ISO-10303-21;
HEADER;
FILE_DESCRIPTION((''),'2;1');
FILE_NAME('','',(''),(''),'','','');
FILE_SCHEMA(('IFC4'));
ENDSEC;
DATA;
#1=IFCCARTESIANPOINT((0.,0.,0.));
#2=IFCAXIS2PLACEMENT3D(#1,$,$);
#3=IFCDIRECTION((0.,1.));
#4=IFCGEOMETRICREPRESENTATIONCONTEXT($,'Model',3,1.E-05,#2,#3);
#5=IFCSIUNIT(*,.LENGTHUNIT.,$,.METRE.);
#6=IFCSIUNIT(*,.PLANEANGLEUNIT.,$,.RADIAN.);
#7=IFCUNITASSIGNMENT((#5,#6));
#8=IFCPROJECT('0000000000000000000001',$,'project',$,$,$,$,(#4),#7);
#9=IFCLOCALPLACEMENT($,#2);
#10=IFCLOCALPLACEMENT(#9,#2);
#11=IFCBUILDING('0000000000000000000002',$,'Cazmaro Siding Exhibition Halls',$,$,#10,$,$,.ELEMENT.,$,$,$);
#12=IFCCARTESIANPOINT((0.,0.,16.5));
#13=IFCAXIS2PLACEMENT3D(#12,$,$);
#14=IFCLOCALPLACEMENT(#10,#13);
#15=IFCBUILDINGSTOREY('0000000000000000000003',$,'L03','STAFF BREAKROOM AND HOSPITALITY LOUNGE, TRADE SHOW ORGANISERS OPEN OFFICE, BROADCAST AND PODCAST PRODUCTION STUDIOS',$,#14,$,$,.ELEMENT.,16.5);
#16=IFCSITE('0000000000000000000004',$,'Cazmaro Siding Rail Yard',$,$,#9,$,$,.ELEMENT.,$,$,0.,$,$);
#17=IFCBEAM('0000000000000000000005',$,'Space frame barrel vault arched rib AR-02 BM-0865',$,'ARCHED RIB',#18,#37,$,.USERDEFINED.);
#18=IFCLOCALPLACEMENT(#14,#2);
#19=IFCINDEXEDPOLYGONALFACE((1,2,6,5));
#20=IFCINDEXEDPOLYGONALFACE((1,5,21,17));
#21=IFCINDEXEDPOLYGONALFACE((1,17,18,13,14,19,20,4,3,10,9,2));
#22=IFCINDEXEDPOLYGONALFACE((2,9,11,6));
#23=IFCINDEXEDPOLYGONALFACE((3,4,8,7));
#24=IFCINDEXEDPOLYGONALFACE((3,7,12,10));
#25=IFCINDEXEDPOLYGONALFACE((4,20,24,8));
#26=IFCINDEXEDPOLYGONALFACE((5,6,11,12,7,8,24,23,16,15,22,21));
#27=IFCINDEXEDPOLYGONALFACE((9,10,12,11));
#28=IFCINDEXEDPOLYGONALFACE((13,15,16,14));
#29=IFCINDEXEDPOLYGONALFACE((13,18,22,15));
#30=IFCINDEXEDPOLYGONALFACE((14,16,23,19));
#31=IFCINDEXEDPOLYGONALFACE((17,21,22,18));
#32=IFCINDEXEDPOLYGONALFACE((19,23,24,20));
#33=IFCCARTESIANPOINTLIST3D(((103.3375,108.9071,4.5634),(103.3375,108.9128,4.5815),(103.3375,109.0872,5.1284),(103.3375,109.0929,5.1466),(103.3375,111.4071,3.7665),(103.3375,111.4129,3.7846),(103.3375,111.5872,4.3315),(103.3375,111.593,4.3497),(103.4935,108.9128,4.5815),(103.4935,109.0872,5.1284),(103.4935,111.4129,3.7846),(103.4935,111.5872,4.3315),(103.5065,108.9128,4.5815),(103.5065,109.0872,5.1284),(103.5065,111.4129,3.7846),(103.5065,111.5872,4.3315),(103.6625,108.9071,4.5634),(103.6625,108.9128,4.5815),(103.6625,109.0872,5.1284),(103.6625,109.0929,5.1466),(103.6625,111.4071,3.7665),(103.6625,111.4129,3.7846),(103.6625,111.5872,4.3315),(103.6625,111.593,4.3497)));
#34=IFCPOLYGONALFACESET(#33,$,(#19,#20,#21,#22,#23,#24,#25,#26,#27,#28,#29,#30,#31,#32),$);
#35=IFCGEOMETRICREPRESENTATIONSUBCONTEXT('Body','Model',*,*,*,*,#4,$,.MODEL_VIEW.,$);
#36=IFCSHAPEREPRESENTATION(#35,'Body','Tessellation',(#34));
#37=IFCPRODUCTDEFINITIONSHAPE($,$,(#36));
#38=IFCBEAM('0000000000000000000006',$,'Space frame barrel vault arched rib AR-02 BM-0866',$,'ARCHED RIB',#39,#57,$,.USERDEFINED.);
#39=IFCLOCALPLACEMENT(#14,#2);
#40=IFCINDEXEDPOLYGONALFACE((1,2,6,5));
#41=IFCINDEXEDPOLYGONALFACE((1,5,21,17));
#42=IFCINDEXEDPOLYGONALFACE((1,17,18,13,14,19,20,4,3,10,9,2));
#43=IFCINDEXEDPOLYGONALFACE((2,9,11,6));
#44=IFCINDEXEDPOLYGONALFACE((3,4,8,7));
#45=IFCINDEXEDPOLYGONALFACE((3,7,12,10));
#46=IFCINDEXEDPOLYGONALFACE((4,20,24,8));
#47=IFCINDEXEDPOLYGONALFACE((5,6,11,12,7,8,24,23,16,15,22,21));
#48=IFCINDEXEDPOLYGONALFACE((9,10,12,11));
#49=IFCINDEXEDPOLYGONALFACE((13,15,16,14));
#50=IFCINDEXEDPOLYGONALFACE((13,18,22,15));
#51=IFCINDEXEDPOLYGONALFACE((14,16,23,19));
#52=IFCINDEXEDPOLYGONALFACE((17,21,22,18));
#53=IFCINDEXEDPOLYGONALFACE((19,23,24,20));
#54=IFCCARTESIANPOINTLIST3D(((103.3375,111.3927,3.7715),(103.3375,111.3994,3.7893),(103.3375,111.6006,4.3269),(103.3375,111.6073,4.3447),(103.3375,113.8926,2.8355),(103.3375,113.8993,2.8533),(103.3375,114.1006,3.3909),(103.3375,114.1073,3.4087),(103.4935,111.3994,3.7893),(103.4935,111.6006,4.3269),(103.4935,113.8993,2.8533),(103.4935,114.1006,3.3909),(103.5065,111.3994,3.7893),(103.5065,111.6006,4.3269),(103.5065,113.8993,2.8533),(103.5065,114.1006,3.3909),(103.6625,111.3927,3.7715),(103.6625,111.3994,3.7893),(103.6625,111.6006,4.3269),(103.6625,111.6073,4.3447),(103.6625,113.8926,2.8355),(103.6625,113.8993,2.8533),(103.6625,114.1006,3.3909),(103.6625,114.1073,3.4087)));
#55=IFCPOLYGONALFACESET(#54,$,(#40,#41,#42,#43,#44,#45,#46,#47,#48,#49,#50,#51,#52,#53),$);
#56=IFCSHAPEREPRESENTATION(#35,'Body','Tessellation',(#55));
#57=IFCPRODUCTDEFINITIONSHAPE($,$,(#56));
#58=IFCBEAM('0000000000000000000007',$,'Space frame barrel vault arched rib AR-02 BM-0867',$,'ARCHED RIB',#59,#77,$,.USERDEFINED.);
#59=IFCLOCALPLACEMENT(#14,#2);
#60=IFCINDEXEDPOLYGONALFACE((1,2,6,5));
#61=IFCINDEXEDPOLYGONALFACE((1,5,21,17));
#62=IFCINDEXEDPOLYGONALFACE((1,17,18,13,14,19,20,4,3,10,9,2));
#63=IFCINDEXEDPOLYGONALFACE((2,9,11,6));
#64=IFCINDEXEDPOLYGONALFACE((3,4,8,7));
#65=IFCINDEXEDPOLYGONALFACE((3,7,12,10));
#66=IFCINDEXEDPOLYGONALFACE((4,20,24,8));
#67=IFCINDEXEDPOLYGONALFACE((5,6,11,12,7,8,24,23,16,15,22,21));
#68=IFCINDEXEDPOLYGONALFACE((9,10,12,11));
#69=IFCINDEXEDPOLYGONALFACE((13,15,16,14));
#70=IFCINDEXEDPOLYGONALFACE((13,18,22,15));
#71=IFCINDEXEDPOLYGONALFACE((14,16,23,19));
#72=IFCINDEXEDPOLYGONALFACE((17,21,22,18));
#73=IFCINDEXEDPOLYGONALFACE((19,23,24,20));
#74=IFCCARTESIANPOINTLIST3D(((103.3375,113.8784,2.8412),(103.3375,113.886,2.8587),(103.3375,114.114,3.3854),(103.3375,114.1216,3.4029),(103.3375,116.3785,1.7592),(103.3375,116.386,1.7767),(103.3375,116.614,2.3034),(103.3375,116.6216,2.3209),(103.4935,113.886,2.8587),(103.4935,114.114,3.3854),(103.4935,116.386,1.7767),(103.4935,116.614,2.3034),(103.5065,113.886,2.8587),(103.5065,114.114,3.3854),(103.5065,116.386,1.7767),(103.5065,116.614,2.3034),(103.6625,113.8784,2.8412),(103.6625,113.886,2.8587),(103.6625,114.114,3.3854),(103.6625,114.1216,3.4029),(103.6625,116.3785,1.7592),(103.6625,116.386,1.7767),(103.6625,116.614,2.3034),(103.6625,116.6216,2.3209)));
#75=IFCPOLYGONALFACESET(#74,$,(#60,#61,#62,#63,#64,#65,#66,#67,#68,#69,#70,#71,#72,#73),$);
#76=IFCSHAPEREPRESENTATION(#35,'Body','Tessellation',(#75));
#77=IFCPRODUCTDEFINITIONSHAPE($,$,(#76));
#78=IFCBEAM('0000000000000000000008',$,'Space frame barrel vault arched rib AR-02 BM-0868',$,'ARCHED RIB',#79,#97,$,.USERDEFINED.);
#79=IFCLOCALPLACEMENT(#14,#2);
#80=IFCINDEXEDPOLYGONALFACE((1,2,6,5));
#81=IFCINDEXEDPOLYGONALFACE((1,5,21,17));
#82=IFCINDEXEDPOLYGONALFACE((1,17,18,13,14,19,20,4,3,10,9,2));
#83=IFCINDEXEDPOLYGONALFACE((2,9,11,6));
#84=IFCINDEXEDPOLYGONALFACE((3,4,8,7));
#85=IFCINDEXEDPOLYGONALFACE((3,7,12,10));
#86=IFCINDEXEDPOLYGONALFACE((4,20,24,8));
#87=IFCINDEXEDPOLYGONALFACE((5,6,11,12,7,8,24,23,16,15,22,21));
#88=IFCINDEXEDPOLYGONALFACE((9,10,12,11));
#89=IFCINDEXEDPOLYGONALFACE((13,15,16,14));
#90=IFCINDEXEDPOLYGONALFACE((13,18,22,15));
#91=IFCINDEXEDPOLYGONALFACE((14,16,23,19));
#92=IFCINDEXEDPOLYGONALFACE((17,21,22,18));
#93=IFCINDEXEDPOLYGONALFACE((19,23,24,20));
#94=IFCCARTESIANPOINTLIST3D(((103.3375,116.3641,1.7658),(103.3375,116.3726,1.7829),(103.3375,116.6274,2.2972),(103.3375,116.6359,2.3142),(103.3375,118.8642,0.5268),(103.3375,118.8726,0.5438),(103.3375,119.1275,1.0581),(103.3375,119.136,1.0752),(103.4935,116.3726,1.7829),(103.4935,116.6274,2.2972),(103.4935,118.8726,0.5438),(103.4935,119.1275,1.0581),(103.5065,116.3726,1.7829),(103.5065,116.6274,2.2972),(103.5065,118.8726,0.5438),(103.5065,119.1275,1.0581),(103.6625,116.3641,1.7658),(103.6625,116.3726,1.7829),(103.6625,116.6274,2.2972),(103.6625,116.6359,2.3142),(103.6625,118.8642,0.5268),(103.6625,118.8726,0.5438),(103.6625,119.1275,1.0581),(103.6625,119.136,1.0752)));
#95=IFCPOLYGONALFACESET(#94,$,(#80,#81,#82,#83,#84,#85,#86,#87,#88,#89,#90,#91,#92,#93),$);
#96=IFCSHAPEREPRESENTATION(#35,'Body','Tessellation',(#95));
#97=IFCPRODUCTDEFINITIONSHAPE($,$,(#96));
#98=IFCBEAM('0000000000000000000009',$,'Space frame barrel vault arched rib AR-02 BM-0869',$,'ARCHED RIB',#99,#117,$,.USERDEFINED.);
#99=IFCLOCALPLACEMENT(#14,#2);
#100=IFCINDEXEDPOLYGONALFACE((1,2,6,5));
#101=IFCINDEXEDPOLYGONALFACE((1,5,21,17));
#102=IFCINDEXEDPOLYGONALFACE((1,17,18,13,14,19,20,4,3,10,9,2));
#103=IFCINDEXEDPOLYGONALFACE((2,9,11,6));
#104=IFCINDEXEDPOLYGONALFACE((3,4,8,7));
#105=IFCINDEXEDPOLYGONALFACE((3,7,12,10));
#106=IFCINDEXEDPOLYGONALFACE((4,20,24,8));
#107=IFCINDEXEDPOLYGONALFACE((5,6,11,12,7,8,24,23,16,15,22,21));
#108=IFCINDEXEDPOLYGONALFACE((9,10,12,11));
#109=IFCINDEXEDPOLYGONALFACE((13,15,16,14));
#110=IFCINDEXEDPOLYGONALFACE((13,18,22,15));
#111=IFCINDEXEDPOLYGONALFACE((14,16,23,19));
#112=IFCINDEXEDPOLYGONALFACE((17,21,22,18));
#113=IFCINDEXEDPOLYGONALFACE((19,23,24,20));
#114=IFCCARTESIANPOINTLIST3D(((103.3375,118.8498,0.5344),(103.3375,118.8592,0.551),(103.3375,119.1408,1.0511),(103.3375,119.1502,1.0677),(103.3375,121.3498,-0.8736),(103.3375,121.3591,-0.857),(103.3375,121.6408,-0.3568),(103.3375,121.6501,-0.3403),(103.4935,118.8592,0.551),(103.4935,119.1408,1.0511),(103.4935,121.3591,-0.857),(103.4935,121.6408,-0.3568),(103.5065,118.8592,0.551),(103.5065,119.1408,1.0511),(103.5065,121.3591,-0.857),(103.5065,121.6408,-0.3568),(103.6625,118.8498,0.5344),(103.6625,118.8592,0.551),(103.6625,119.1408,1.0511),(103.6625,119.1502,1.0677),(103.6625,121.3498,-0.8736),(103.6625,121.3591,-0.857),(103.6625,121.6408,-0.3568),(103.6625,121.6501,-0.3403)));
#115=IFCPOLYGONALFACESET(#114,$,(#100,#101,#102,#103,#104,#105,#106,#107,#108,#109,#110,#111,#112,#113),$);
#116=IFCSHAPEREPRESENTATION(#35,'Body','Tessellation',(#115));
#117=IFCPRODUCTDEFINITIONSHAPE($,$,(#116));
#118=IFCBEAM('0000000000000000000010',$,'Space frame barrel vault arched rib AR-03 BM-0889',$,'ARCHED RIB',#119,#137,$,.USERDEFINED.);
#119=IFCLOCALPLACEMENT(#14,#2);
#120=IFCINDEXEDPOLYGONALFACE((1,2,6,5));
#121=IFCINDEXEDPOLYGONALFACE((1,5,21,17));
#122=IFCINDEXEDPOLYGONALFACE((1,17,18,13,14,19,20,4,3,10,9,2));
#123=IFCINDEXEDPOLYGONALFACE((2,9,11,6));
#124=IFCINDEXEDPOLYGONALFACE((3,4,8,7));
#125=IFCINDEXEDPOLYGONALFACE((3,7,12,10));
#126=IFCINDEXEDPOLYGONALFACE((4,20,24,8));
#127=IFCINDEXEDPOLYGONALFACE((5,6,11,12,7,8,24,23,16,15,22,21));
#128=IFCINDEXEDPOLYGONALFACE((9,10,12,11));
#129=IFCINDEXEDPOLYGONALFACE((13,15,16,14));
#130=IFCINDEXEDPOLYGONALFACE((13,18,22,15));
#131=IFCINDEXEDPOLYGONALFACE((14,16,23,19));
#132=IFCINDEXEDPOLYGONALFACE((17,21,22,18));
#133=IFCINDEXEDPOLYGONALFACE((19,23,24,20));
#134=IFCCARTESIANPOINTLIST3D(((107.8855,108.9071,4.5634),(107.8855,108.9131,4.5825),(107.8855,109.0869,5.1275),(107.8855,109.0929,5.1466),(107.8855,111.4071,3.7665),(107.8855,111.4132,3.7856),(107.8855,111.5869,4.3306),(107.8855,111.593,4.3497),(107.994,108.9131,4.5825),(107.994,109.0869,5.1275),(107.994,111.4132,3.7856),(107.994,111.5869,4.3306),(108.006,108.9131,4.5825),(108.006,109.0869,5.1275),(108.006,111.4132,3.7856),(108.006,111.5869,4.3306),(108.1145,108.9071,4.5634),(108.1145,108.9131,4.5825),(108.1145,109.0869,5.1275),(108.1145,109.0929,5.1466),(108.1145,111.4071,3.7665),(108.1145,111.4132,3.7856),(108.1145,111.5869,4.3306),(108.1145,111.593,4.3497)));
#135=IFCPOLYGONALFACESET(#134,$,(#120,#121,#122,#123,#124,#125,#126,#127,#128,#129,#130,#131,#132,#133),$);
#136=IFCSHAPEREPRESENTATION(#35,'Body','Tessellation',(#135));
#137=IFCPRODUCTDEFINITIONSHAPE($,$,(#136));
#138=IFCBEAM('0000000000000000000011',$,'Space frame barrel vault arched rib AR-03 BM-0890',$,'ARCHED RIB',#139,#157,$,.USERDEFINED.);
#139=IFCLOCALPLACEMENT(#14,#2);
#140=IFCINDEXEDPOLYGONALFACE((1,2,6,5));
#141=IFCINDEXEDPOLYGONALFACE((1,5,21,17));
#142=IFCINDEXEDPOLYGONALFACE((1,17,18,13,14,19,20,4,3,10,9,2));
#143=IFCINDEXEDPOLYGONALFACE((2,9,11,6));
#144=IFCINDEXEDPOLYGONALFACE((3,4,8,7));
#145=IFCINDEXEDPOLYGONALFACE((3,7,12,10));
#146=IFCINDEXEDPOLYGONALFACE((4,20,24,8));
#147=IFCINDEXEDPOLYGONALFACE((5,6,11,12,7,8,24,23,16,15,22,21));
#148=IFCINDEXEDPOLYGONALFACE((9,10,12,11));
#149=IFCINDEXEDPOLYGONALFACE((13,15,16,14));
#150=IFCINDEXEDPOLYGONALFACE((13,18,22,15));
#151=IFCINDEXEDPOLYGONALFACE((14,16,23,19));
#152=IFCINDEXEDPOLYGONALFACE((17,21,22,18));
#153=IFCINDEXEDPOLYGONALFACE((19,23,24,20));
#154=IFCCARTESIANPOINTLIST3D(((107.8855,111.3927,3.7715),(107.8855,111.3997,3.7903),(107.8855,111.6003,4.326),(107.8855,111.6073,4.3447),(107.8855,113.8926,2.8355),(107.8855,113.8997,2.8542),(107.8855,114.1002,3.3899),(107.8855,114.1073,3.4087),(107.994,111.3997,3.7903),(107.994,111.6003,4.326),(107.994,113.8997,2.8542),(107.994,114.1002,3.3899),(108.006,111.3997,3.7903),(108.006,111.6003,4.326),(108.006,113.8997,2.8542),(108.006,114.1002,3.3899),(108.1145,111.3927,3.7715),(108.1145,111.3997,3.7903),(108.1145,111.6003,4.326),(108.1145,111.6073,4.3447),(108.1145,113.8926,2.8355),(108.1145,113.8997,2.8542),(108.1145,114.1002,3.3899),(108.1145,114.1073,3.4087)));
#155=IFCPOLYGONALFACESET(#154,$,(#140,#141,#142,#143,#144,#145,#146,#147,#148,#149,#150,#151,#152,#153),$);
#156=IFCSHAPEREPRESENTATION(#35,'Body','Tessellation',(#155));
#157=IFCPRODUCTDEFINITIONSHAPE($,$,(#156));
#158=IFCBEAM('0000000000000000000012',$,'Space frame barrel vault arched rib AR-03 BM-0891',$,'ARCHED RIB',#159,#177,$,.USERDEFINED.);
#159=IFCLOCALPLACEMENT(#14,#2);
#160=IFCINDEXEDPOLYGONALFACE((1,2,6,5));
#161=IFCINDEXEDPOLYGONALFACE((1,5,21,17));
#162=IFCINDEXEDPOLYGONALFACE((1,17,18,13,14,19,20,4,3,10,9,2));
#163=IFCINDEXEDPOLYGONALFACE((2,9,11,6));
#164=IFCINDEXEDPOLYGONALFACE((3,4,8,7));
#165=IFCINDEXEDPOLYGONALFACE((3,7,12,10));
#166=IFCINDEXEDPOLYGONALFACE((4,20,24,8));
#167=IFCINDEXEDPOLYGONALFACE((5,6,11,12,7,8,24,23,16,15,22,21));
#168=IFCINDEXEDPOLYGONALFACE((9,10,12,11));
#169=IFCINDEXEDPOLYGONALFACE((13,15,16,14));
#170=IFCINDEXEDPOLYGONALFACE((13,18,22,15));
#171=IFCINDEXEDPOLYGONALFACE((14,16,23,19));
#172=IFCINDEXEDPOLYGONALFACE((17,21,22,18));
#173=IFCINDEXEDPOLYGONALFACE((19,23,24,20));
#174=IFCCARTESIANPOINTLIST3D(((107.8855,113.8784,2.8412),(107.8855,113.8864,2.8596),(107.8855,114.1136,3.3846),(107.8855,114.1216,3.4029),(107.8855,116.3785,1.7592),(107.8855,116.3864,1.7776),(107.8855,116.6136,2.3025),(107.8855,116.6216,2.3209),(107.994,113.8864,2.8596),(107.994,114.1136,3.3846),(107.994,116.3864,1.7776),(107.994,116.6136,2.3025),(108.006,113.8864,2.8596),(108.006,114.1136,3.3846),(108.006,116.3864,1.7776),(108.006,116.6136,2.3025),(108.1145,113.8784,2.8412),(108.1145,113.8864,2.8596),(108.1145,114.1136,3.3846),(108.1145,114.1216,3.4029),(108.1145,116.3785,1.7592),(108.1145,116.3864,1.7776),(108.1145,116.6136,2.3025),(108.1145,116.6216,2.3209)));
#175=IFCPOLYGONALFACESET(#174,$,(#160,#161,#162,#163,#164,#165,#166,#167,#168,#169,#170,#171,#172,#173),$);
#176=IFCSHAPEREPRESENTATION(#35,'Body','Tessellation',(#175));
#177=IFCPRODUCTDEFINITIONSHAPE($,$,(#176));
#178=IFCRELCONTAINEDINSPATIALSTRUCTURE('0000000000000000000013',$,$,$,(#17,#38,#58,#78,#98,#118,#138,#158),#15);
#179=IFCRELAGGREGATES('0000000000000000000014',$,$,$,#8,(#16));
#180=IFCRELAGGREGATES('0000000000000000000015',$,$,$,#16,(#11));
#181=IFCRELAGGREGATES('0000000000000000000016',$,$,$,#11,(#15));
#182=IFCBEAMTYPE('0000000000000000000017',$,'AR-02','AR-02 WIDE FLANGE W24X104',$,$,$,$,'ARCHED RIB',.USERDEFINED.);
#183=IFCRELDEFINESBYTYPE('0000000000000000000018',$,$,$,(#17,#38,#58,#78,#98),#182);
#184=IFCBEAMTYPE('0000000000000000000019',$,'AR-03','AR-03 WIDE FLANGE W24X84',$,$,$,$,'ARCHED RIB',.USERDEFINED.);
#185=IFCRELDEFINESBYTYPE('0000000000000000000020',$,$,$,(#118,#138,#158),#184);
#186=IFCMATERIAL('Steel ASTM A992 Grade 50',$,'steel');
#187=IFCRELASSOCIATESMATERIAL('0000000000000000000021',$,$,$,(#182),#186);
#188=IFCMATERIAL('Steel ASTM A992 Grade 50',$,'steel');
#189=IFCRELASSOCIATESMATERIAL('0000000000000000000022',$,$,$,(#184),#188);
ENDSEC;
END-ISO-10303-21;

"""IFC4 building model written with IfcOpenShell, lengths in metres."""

from ifc_helpers import new_model, si_unit, direction, frame, origin, origin_2d, place, context, subcontext, project, spatial, i_section, extrude, material, material_profile, profile_set, type_object, element, save


model = new_model("IFC4")

# Units and contexts
model_context = context("Model", 3, precision=1e-05, world=origin(), true_north=direction((0.0, 1.0)))
body_context = subcontext(model_context, "Body", "Model", "MODEL_VIEW")
ifc_project = project(units=[si_unit("LENGTHUNIT", "METRE"), si_unit("PLANEANGLEUNIT", "RADIAN")], contexts=[model_context])

# Site, building, storey
site_placement = place(None, origin())
site = spatial("IfcSite", under=ifc_project, at=site_placement, Name="Cazmaro Siding Rail Yard", CompositionType="ELEMENT", RefElevation=0.0)
building_placement = place(site_placement, origin())
building = spatial("IfcBuilding", under=site, at=building_placement, Name="Cazmaro Siding Exhibition Halls", CompositionType="ELEMENT")
storey_placement = place(building_placement, frame((0.0, 0.0, 16.5)))
storey = spatial("IfcBuildingStorey", under=building, at=storey_placement, Name="L03", Description="STAFF BREAKROOM AND HOSPITALITY LOUNGE, TRADE SHOW ORGANISERS OPEN OFFICE, BROADCAST AND PODCAST PRODUCTION STUDIOS", CompositionType="ELEMENT", Elevation=16.5)

# Beams
ifc_material_1 = material(Name="Steel ASTM A992 Grade 50", Category="steel")
ifc_material_profile_1 = material_profile(ifc_material_1, i_section(OverallWidth=0.325, OverallDepth=0.6121, WebThickness=0.0129, FlangeThickness=0.019, at=origin_2d()), Name="W24X104")
ifc_profile_set_1 = profile_set([ifc_material_profile_1], Name="Steel ASTM A992 Grade 50")
beam_type_1 = type_object("IfcBeamType", Name="AR-02", Description="AR-02 WIDE FLANGE W24X104", ElementType="ARCHED RIB", PredefinedType="USERDEFINED", material=ifc_profile_set_1)
beam_1_placement = place(storey_placement, frame((103.5, 109.0, 4.855), z_axis=(0.0, 0.952769, -0.303695), x_axis=(-1.0, 0.0, 0.0)))
element("IfcBeam", 1, at=beam_1_placement, inside=storey, type_object=beam_type_1, Name="Space frame barrel vault arched rib AR-02 BM-0865", ObjectType="ARCHED RIB", PredefinedType="USERDEFINED", context=body_context, shape_type="SweptSolid", body=[
    extrude(i_section(OverallWidth=0.325, OverallDepth=0.6121, WebThickness=0.0129, FlangeThickness=0.019, at=origin_2d()), origin(), (0.0, 0.0, 1.0), 2.624),
])
beam_2_placement = place(storey_placement, frame((103.5, 111.5, 4.0581), z_axis=(0.0, 0.936509, -0.350642), x_axis=(-1.0, 0.0, 0.0)))
element("IfcBeam", 2, at=beam_2_placement, inside=storey, type_object=beam_type_1, Name="Space frame barrel vault arched rib AR-02 BM-0866", ObjectType="ARCHED RIB", PredefinedType="USERDEFINED", context=body_context, shape_type="SweptSolid", body=[
    extrude(i_section(OverallWidth=0.325, OverallDepth=0.6121, WebThickness=0.0129, FlangeThickness=0.019, at=origin_2d()), origin(), (0.0, 0.0, 1.0), 2.6694),
])
beam_3_placement = place(storey_placement, frame((103.5, 114.0, 3.1221), z_axis=(0.0, 0.91773, -0.397205), x_axis=(-1.0, 0.0, 0.0)))
element("IfcBeam", 3, at=beam_3_placement, inside=storey, type_object=beam_type_1, Name="Space frame barrel vault arched rib AR-02 BM-0867", ObjectType="ARCHED RIB", PredefinedType="USERDEFINED", context=body_context, shape_type="SweptSolid", body=[
    extrude(i_section(OverallWidth=0.325, OverallDepth=0.6121, WebThickness=0.0129, FlangeThickness=0.019, at=origin_2d()), origin(), (0.0, 0.0, 1.0), 2.7241),
])
beam_4_placement = place(storey_placement, frame((103.5, 116.5, 2.04), z_axis=(0.0, 0.895997, -0.444061), x_axis=(-1.0, 0.0, 0.0)))
element("IfcBeam", 4, at=beam_4_placement, inside=storey, type_object=beam_type_1, Name="Space frame barrel vault arched rib AR-02 BM-0868", ObjectType="ARCHED RIB", PredefinedType="USERDEFINED", context=body_context, shape_type="SweptSolid", body=[
    extrude(i_section(OverallWidth=0.325, OverallDepth=0.6121, WebThickness=0.0129, FlangeThickness=0.019, at=origin_2d()), origin(), (0.0, 0.0, 1.0), 2.7903),
])
beam_5_placement = place(storey_placement, frame((103.5, 119.0, 0.801), z_axis=(0.0, 0.871321, -0.490714), x_axis=(-1.0, 0.0, 0.0)))
element("IfcBeam", 5, at=beam_5_placement, inside=storey, type_object=beam_type_1, Name="Space frame barrel vault arched rib AR-02 BM-0869", ObjectType="ARCHED RIB", PredefinedType="USERDEFINED", context=body_context, shape_type="SweptSolid", body=[
    extrude(i_section(OverallWidth=0.325, OverallDepth=0.6121, WebThickness=0.0129, FlangeThickness=0.019, at=origin_2d()), origin(), (0.0, 0.0, 1.0), 2.8691),
])
ifc_material_2 = material(Name="Steel ASTM A992 Grade 50", Category="steel")
ifc_material_profile_2 = material_profile(ifc_material_2, i_section(OverallWidth=0.229, OverallDepth=0.6121, WebThickness=0.012, FlangeThickness=0.02, at=origin_2d()), Name="W24X84")
ifc_profile_set_2 = profile_set([ifc_material_profile_2], Name="Steel ASTM A992 Grade 50")
beam_type_2 = type_object("IfcBeamType", Name="AR-03", Description="AR-03 WIDE FLANGE W24X84", ElementType="ARCHED RIB", PredefinedType="USERDEFINED", material=ifc_profile_set_2)
beam_6_placement = place(storey_placement, frame((108.0, 109.0, 4.855), z_axis=(0.0, 0.952769, -0.303695), x_axis=(-1.0, 0.0, 0.0)))
element("IfcBeam", 6, at=beam_6_placement, inside=storey, type_object=beam_type_2, Name="Space frame barrel vault arched rib AR-03 BM-0889", ObjectType="ARCHED RIB", PredefinedType="USERDEFINED", context=body_context, shape_type="SweptSolid", body=[
    extrude(i_section(OverallWidth=0.229, OverallDepth=0.6121, WebThickness=0.012, FlangeThickness=0.02, at=origin_2d()), origin(), (0.0, 0.0, 1.0), 2.624),
])
beam_7_placement = place(storey_placement, frame((108.0, 111.5, 4.0581), z_axis=(0.0, 0.936509, -0.350642), x_axis=(-1.0, 0.0, 0.0)))
element("IfcBeam", 7, at=beam_7_placement, inside=storey, type_object=beam_type_2, Name="Space frame barrel vault arched rib AR-03 BM-0890", ObjectType="ARCHED RIB", PredefinedType="USERDEFINED", context=body_context, shape_type="SweptSolid", body=[
    extrude(i_section(OverallWidth=0.229, OverallDepth=0.6121, WebThickness=0.012, FlangeThickness=0.02, at=origin_2d()), origin(), (0.0, 0.0, 1.0), 2.6694),
])
beam_8_placement = place(storey_placement, frame((108.0, 114.0, 3.1221), z_axis=(0.0, 0.91773, -0.397205), x_axis=(-1.0, 0.0, 0.0)))
element("IfcBeam", 8, at=beam_8_placement, inside=storey, type_object=beam_type_2, Name="Space frame barrel vault arched rib AR-03 BM-0891", ObjectType="ARCHED RIB", PredefinedType="USERDEFINED", context=body_context, shape_type="SweptSolid", body=[
    extrude(i_section(OverallWidth=0.229, OverallDepth=0.6121, WebThickness=0.012, FlangeThickness=0.02, at=origin_2d()), origin(), (0.0, 0.0, 1.0), 2.7241),
])

save(model, "model.ifc")
